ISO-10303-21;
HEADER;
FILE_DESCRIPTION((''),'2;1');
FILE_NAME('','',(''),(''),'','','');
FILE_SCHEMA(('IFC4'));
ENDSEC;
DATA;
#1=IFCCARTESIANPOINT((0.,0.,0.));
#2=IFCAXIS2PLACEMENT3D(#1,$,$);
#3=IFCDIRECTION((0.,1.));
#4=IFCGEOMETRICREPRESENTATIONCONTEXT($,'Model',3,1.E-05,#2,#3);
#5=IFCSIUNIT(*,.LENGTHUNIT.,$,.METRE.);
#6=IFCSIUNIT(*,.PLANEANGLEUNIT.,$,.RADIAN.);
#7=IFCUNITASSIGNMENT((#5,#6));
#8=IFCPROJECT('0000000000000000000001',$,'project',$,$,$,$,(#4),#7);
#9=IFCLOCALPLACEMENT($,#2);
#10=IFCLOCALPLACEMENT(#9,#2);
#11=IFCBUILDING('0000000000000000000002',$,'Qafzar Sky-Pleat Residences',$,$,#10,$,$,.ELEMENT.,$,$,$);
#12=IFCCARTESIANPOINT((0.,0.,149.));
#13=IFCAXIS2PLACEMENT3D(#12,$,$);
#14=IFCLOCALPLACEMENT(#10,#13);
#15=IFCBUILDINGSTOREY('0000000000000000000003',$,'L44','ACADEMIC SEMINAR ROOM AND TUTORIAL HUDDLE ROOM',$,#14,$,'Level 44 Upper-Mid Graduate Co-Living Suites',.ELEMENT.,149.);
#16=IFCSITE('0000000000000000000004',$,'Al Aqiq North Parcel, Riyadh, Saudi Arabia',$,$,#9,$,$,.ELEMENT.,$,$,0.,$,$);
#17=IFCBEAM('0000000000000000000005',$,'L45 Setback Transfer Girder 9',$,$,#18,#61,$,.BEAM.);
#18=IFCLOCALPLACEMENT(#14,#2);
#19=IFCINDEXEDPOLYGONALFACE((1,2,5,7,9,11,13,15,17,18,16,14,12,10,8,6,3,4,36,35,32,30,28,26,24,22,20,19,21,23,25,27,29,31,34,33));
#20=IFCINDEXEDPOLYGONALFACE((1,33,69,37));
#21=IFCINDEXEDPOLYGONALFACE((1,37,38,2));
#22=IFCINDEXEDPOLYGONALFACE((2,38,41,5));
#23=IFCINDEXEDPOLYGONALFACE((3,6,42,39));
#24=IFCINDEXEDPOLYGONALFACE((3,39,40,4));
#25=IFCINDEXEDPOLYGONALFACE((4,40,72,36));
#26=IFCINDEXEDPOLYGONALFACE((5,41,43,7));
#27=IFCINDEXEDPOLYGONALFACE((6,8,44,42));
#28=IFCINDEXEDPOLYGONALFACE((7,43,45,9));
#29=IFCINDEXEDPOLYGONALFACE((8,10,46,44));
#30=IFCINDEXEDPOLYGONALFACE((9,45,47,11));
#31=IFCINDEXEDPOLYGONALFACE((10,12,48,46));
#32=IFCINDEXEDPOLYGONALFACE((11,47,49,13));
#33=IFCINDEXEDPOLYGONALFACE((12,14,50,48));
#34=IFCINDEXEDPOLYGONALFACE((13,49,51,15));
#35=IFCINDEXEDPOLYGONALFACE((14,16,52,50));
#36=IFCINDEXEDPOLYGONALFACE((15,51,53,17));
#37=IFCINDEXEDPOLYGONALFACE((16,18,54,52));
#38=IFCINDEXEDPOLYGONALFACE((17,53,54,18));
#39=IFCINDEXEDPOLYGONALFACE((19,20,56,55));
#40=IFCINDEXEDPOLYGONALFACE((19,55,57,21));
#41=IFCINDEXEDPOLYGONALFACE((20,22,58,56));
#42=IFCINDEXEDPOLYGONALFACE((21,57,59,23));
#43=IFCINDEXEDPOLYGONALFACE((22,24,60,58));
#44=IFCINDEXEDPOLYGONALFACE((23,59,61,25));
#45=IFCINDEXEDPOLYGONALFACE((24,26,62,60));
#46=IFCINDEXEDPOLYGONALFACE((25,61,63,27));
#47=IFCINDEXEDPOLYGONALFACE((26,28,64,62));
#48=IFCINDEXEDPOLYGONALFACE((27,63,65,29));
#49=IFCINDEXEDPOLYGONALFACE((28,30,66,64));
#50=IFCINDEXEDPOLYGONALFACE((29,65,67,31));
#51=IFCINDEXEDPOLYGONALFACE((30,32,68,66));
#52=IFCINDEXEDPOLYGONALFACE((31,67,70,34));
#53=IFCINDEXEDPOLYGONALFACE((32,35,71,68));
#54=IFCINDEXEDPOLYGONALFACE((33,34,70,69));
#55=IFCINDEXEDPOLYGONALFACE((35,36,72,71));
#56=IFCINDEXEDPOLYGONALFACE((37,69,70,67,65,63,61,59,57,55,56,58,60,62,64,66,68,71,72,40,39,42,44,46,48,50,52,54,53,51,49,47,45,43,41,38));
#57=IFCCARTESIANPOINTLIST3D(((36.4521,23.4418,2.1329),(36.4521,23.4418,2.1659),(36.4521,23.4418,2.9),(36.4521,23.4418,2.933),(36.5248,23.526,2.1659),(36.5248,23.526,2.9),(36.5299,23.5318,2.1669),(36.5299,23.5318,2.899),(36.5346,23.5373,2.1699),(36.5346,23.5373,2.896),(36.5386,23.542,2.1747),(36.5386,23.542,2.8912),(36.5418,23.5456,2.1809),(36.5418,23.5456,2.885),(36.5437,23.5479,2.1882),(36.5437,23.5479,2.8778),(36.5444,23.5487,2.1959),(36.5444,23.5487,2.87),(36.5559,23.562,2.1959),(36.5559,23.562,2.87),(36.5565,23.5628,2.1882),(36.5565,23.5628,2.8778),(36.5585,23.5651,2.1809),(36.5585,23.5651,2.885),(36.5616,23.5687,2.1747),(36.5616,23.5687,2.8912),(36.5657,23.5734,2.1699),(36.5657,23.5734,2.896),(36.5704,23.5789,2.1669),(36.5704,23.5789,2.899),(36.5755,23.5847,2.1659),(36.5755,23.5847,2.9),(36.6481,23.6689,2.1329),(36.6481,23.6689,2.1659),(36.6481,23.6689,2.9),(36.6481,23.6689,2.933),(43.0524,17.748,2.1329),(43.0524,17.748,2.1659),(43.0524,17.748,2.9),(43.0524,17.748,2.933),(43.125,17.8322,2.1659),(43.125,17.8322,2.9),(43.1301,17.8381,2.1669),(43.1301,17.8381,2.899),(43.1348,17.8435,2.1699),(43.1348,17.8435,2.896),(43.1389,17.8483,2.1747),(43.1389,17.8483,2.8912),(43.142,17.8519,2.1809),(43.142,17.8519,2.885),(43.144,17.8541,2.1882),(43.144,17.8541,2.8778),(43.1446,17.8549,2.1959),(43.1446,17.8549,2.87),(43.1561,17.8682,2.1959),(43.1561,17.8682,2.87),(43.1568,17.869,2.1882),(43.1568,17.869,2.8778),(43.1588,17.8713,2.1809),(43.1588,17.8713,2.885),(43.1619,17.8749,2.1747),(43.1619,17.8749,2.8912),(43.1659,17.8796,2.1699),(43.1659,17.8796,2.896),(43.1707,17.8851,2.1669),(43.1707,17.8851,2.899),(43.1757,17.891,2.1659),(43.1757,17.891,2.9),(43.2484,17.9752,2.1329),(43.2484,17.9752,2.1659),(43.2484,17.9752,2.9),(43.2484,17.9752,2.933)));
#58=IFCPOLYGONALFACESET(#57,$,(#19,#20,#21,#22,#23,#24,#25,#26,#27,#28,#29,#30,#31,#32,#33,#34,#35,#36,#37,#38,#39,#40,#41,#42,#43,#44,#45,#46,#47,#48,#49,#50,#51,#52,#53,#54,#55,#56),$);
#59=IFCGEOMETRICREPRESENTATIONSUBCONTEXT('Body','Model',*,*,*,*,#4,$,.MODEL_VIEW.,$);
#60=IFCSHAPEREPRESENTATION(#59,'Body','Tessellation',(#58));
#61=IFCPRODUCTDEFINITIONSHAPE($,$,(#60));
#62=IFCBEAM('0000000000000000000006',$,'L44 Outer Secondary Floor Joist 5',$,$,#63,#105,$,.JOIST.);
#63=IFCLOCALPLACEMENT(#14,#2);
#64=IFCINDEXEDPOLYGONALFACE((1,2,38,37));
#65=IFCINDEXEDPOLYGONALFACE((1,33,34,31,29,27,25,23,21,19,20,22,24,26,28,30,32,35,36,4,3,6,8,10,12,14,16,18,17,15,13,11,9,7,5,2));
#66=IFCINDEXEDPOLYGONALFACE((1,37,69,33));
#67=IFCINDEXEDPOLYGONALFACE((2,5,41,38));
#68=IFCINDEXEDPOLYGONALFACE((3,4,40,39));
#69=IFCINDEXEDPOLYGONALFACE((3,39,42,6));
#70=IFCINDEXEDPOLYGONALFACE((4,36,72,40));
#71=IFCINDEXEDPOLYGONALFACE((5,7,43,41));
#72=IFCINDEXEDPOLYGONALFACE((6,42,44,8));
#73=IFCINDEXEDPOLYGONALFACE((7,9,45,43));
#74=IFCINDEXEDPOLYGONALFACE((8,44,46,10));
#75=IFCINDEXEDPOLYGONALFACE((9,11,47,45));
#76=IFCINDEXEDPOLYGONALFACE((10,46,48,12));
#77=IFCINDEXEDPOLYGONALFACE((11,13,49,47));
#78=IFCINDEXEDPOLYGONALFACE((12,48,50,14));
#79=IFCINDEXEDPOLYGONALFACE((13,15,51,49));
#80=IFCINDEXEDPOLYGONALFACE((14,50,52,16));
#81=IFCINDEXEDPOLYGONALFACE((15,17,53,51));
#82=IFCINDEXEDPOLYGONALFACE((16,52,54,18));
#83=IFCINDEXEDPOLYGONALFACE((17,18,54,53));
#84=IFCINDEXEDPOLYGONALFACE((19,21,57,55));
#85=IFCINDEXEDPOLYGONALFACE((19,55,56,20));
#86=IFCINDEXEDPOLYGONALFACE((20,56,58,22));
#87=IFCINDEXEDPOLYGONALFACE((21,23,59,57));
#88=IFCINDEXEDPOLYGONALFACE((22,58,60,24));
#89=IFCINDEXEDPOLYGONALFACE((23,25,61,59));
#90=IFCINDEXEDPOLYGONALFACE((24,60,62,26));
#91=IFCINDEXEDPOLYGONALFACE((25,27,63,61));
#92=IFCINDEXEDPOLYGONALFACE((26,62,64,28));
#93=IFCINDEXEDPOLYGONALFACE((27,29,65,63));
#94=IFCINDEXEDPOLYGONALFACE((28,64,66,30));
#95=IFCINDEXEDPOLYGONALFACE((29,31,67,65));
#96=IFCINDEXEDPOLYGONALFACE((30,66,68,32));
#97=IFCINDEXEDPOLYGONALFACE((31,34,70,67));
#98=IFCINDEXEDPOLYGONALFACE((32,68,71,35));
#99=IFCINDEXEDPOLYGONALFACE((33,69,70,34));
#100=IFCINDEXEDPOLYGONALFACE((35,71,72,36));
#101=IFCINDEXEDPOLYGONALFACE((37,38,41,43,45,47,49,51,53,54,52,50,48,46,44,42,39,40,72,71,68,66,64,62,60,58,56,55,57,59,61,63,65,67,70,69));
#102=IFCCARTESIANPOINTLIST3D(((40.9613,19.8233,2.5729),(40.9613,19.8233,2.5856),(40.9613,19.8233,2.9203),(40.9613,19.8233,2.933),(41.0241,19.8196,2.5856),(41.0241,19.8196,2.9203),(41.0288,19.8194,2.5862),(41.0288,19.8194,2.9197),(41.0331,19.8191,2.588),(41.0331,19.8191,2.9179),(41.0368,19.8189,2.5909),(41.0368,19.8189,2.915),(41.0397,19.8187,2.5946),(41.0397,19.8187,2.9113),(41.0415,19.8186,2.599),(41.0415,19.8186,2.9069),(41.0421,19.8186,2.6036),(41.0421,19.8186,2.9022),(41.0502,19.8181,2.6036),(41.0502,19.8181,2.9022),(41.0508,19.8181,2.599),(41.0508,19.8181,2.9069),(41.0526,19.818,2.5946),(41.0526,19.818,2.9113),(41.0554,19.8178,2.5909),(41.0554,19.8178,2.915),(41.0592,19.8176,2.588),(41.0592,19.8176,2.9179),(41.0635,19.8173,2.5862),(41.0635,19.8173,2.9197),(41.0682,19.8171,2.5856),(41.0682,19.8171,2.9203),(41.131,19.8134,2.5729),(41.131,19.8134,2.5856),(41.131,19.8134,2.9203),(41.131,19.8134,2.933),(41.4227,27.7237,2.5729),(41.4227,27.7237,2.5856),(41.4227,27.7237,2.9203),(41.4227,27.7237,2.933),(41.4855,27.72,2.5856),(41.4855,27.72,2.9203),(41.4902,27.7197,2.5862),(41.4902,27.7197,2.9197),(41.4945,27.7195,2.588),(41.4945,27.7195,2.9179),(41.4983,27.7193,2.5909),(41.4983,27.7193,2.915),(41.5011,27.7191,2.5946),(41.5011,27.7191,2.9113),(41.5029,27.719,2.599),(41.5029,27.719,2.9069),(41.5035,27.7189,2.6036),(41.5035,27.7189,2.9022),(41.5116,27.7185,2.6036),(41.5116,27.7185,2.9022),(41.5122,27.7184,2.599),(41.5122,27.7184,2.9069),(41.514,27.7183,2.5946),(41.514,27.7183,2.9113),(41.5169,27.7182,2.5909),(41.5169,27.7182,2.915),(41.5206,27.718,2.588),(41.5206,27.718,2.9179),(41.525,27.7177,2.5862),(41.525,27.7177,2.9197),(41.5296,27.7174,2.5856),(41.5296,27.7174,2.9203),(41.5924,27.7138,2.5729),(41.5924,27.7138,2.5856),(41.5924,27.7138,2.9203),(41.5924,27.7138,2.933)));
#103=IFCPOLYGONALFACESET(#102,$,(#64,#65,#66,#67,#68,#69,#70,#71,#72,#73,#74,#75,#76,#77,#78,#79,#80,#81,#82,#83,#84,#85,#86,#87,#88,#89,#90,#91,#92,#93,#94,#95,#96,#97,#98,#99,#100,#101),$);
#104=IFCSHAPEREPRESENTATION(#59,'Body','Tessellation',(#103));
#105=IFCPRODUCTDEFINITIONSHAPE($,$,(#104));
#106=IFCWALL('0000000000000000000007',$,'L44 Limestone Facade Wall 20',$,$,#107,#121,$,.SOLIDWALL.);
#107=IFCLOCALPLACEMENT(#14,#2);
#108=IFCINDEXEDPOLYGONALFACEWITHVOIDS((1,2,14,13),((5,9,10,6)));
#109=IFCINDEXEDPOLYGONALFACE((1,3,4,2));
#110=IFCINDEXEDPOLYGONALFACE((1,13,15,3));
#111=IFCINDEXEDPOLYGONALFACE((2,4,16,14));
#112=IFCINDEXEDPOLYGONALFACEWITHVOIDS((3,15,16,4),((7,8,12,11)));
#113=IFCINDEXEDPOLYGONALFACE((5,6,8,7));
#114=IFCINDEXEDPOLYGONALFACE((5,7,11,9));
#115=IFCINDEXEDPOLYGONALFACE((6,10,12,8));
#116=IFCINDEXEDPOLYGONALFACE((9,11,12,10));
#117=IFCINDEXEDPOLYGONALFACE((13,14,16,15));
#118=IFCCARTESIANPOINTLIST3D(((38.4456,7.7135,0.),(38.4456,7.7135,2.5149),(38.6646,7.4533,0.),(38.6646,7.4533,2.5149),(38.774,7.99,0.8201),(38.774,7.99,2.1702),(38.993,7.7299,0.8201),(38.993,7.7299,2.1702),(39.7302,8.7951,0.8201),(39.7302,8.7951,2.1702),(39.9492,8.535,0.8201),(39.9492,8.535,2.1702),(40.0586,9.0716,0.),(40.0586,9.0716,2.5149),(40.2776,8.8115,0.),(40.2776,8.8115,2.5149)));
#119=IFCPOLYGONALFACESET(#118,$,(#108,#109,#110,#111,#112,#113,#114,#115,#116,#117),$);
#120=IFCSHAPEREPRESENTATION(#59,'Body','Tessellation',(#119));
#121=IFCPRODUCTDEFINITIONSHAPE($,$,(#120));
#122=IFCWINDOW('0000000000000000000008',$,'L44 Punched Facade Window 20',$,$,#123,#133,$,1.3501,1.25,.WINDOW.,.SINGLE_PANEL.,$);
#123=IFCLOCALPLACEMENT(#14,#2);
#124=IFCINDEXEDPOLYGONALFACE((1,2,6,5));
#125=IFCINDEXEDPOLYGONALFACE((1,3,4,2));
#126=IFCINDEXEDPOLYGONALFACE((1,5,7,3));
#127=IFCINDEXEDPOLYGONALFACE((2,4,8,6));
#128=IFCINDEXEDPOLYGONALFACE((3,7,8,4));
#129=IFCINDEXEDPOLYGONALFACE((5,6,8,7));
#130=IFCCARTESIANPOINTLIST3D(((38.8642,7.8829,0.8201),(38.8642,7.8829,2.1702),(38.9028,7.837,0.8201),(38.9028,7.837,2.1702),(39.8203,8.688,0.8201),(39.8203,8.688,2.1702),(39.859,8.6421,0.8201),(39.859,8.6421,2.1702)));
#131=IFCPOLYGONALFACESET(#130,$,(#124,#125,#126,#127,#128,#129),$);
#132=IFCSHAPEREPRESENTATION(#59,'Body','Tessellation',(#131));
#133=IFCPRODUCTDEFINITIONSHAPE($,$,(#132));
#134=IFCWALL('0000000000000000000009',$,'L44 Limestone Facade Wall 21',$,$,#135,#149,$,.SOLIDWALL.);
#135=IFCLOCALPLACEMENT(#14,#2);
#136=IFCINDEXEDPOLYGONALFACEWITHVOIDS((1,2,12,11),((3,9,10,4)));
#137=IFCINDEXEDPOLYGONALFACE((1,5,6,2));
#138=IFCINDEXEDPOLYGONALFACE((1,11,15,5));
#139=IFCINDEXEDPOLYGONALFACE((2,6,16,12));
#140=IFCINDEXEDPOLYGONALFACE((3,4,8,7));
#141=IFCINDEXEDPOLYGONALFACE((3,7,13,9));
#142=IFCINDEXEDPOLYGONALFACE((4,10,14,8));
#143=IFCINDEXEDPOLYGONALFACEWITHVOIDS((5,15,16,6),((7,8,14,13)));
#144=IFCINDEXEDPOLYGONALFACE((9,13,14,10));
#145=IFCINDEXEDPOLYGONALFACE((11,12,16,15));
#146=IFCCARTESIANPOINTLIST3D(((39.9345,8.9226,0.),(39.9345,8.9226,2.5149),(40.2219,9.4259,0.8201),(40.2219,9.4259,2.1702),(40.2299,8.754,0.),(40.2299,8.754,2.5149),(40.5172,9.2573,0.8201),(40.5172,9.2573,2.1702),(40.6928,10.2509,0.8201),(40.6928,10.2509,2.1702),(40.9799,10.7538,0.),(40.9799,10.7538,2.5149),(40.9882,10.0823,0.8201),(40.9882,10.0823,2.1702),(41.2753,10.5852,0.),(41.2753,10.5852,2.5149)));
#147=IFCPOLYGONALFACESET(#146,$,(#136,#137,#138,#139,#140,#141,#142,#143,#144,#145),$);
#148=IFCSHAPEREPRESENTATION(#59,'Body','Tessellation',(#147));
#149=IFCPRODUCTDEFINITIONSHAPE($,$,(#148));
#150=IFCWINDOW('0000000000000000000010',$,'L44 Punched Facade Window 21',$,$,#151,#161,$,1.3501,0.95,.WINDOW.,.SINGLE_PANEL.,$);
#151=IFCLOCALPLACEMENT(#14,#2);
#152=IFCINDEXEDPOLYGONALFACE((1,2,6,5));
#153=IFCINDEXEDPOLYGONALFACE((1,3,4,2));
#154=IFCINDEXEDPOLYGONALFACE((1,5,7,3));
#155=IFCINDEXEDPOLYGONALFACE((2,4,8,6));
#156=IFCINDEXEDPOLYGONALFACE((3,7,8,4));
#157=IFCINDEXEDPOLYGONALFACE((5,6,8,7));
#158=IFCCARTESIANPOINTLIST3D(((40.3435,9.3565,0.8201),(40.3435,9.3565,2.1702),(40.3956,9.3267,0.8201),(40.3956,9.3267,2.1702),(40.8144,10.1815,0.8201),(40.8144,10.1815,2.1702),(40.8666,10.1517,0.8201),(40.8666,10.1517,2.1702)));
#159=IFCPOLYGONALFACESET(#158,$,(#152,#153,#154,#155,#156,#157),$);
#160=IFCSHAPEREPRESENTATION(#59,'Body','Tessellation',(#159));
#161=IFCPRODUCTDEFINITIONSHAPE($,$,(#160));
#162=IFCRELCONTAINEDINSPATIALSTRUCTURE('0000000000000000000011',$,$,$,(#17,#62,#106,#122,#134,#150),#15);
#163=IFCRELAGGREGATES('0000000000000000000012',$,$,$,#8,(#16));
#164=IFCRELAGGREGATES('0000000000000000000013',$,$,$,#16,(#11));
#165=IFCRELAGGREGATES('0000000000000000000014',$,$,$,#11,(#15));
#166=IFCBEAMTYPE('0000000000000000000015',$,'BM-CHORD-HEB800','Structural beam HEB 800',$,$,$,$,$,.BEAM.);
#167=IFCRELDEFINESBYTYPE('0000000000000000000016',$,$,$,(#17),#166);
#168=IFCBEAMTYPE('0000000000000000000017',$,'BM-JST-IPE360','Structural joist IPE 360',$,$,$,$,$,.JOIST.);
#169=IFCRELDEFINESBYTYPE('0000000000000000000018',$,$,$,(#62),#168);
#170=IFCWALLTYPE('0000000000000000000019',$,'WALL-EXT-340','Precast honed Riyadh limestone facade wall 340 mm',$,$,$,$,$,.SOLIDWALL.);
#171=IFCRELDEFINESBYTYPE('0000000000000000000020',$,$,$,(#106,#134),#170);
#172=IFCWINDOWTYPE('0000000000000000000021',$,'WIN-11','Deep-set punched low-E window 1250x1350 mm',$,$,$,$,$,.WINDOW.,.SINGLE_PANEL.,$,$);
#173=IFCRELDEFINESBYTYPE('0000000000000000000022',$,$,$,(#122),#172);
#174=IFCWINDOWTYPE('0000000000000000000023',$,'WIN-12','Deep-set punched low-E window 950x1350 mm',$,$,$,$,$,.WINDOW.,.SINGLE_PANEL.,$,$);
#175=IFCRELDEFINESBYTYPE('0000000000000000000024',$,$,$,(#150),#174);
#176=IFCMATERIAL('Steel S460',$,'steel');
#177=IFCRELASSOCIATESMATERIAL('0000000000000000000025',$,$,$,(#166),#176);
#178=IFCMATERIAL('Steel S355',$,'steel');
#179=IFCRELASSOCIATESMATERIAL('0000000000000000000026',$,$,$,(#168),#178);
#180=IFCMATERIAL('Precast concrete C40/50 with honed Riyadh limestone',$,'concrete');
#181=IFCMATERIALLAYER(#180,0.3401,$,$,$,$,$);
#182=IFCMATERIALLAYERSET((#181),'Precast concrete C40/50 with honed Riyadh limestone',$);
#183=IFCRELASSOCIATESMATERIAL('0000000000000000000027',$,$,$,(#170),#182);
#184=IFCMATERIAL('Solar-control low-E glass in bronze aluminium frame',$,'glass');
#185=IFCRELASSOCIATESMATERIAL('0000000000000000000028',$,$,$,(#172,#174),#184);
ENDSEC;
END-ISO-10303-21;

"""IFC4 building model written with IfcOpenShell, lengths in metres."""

from ifc_helpers import new_model, si_unit, direction, frame, frame_2d, origin, origin_2d, place, context, subcontext, project, spatial, rectangle, i_section, extrude, source, transform, mapped, material, layer, layer_set, material_profile, profile_set, type_object, element, fill, save


model = new_model("IFC4")

# Units and contexts
model_context = context("Model", 3, precision=1e-05, world=origin(), true_north=direction((0.0, 1.0)))
body_context = subcontext(model_context, "Body", "Model", "MODEL_VIEW")
ifc_project = project(units=[si_unit("LENGTHUNIT", "METRE"), si_unit("PLANEANGLEUNIT", "RADIAN")], contexts=[model_context])

# Site, building, storey
site_placement = place(None, origin())
site = spatial("IfcSite", under=ifc_project, at=site_placement, Name="Al Aqiq North Parcel, Riyadh, Saudi Arabia", CompositionType="ELEMENT", RefElevation=0.0)
building_placement = place(site_placement, origin())
building = spatial("IfcBuilding", under=site, at=building_placement, Name="Qafzar Sky-Pleat Residences", CompositionType="ELEMENT")
storey_placement = place(building_placement, frame((0.0, 0.0, 149.0)))
storey = spatial("IfcBuildingStorey", under=building, at=storey_placement, Name="L44", Description="ACADEMIC SEMINAR ROOM AND TUTORIAL HUDDLE ROOM", LongName="Level 44 Upper-Mid Graduate Co-Living Suites", CompositionType="ELEMENT", Elevation=149.0)

# Shared definitions
ifc_material_1 = material(Name="Steel S355", Category="steel")

# Beams
ifc_material_2 = material(Name="Steel S460", Category="steel")
ifc_material_profile_1 = material_profile(ifc_material_2, i_section(OverallWidth=0.3, OverallDepth=0.8, WebThickness=0.0176, FlangeThickness=0.033, FilletRadius=0.03, at=origin_2d()), Name="HEB 800")
ifc_profile_set_1 = profile_set([ifc_material_profile_1], Name="Steel S460")
beam_type_1 = type_object("IfcBeamType", Name="BM-CHORD-HEB800", Description="Structural beam HEB 800", PredefinedType="BEAM", material=ifc_profile_set_1)
shared_shape_1 = source(origin(), body_context, "Body", "SweptSolid", [
    extrude(i_section(OverallWidth=0.3, OverallDepth=0.8, WebThickness=0.0176, FlangeThickness=0.033, FilletRadius=0.03, at=origin_2d()), origin(), (0.0, 0.0, 1.0), 8.7168),
])
beam_1_placement = place(storey_placement, frame((43.1504, 17.8616, 2.533), z_axis=(-0.757189, 0.653196, 0.0), x_axis=(-0.653196, -0.757189, 0.0)))
element("IfcBeam", 1, at=beam_1_placement, inside=storey, type_object=beam_type_1, Name="L45 Setback Transfer Girder 9", PredefinedType="BEAM", context=body_context, shape_type="MappedRepresentation", body=[
    mapped(shared_shape_1, transform((0.0, 0.0, 0.0), x_axis=(1.0, 0.0, 0.0), y_axis=(0.0, 1.0, 0.0), z_axis=(0.0, 0.0, 1.0), scale=1.0)),
])
ifc_material_profile_2 = material_profile(ifc_material_1, i_section(OverallWidth=0.1699, OverallDepth=0.3601, WebThickness=0.0081, FlangeThickness=0.0127, FilletRadius=0.0181, at=origin_2d()), Name="IPE 360")
ifc_profile_set_2 = profile_set([ifc_material_profile_2], Name="Steel S355")
beam_type_2 = type_object("IfcBeamType", Name="BM-JST-IPE360", Description="Structural joist IPE 360", PredefinedType="JOIST", material=ifc_profile_set_2)
shared_shape_2 = source(origin(), body_context, "Body", "SweptSolid", [
    extrude(i_section(OverallWidth=0.1699, OverallDepth=0.3601, WebThickness=0.0081, FlangeThickness=0.0127, FilletRadius=0.0181, at=origin_2d()), origin(), (0.0, 0.0, 1.0), 7.9138),
])
beam_2_placement = place(storey_placement, frame((41.0461, 19.8184, 2.7529), z_axis=(0.058306, 0.998299, 0.0), x_axis=(-0.998299, 0.058306, 0.0)))
element("IfcBeam", 2, at=beam_2_placement, inside=storey, type_object=beam_type_2, Name="L44 Outer Secondary Floor Joist 5", PredefinedType="JOIST", context=body_context, shape_type="MappedRepresentation", body=[
    mapped(shared_shape_2, transform((0.0, 0.0, 0.0), x_axis=(1.0, 0.0, 0.0), y_axis=(0.0, 1.0, 0.0), z_axis=(0.0, 0.0, 1.0), scale=1.0)),
])

# Walls, openings, windows
ifc_material_3 = material(Name="Precast concrete C40/50 with honed Riyadh limestone", Category="concrete")
ifc_layer_1 = layer(ifc_material_3, 0.3401)
ifc_layer_set_1 = layer_set([ifc_layer_1], Name="Precast concrete C40/50 with honed Riyadh limestone")
wall_type = type_object("IfcWallType", Name="WALL-EXT-340", Description="Precast honed Riyadh limestone facade wall 340 mm", PredefinedType="SOLIDWALL", material=ifc_layer_set_1)
wall_1_placement = place(storey_placement, frame((38.5552, 7.5835, 0.0), z_axis=(0.0, 0.0, 1.0), x_axis=(0.764956, 0.644082, 0.0)))
wall_1 = element("IfcWall", 3, at=wall_1_placement, inside=storey, type_object=wall_type, Name="L44 Limestone Facade Wall 20", PredefinedType="SOLIDWALL", context=body_context, shape_type="SweptSolid", body=[
    extrude(rectangle(XDim=2.1086, YDim=0.3401, at=frame_2d((1.0542, 0.0))), origin(), (0.0, 0.0, 1.0), 2.5149),
])
opening_1_placement = place(wall_1_placement, frame((0.4292, 0.0, 0.8201)))
opening_1 = element("IfcOpeningElement", 4, at=opening_1_placement, cuts=wall_1, PredefinedType="OPENING", context=body_context, shape_type="SweptSolid", body=[
    extrude(rectangle(XDim=1.25, YDim=1.3501, at=frame_2d((0.625, 0.675))), frame((0.0, 0.1802, 0.0), z_axis=(0.0, -1.0, 0.0), x_axis=(1.0, 0.0, 0.0)), (0.0, 0.0, 1.0), 0.3601),
])
ifc_material_4 = material(Name="Solar-control low-E glass in bronze aluminium frame", Category="glass")
window_type_1 = type_object("IfcWindowType", Name="WIN-11", Description="Deep-set punched low-E window 1250x1350 mm", PartitioningType="SINGLE_PANEL", PredefinedType="WINDOW", material=ifc_material_4)
shared_shape_3 = source(origin(), body_context, "Body", "SweptSolid", [
    extrude(rectangle(XDim=1.25, YDim=1.3501, at=frame_2d((0.625, 0.675))), frame((0.0, 0.03, 0.0), z_axis=(0.0, -1.0, 0.0), x_axis=(1.0, 0.0, 0.0)), (0.0, 0.0, 1.0), 0.0601),
])
window_1_placement = place(opening_1_placement, origin())
window_1 = element("IfcWindow", 5, at=window_1_placement, inside=storey, type_object=window_type_1, Name="L44 Punched Facade Window 20", OverallHeight=1.3501, OverallWidth=1.25, PartitioningType="SINGLE_PANEL", PredefinedType="WINDOW", context=body_context, shape_type="MappedRepresentation", body=[
    mapped(shared_shape_3, transform((0.0, 0.0, 0.0), x_axis=(1.0, 0.0, 0.0), y_axis=(0.0, 1.0, 0.0), z_axis=(0.0, 0.0, 1.0), scale=1.0)),
])
fill(opening_1, window_1)
wall_2_placement = place(storey_placement, frame((40.0823, 8.8384, 0.0), z_axis=(0.0, 0.0, 1.0), x_axis=(0.495765, 0.868457, 0.0)))
wall_2 = element("IfcWall", 6, at=wall_2_placement, inside=storey, type_object=wall_type, Name="L44 Limestone Facade Wall 21", PredefinedType="SOLIDWALL", context=body_context, shape_type="SweptSolid", body=[
    extrude(rectangle(XDim=2.1086, YDim=0.3401, at=frame_2d((1.0542, 0.0))), origin(), (0.0, 0.0, 1.0), 2.5149),
])
opening_2_placement = place(wall_2_placement, frame((0.5793, 0.0, 0.8201)))
opening_2 = element("IfcOpeningElement", 7, at=opening_2_placement, cuts=wall_2, PredefinedType="OPENING", context=body_context, shape_type="SweptSolid", body=[
    extrude(rectangle(XDim=0.95, YDim=1.3501, at=frame_2d((0.4751, 0.675))), frame((0.0, 0.1802, 0.0), z_axis=(0.0, -1.0, 0.0), x_axis=(1.0, 0.0, 0.0)), (0.0, 0.0, 1.0), 0.3601),
])
window_type_2 = type_object("IfcWindowType", Name="WIN-12", Description="Deep-set punched low-E window 950x1350 mm", PartitioningType="SINGLE_PANEL", PredefinedType="WINDOW", material=ifc_material_4)
shared_shape_4 = source(origin(), body_context, "Body", "SweptSolid", [
    extrude(rectangle(XDim=0.95, YDim=1.3501, at=frame_2d((0.4751, 0.675))), frame((0.0, 0.03, 0.0), z_axis=(0.0, -1.0, 0.0), x_axis=(1.0, 0.0, 0.0)), (0.0, 0.0, 1.0), 0.0601),
])
window_2_placement = place(opening_2_placement, origin())
window_2 = element("IfcWindow", 8, at=window_2_placement, inside=storey, type_object=window_type_2, Name="L44 Punched Facade Window 21", OverallHeight=1.3501, OverallWidth=0.95, PartitioningType="SINGLE_PANEL", PredefinedType="WINDOW", context=body_context, shape_type="MappedRepresentation", body=[
    mapped(shared_shape_4, transform((0.0, 0.0, 0.0), x_axis=(1.0, 0.0, 0.0), y_axis=(0.0, 1.0, 0.0), z_axis=(0.0, 0.0, 1.0), scale=1.0)),
])
fill(opening_2, window_2)

save(model, "model.ifc")
